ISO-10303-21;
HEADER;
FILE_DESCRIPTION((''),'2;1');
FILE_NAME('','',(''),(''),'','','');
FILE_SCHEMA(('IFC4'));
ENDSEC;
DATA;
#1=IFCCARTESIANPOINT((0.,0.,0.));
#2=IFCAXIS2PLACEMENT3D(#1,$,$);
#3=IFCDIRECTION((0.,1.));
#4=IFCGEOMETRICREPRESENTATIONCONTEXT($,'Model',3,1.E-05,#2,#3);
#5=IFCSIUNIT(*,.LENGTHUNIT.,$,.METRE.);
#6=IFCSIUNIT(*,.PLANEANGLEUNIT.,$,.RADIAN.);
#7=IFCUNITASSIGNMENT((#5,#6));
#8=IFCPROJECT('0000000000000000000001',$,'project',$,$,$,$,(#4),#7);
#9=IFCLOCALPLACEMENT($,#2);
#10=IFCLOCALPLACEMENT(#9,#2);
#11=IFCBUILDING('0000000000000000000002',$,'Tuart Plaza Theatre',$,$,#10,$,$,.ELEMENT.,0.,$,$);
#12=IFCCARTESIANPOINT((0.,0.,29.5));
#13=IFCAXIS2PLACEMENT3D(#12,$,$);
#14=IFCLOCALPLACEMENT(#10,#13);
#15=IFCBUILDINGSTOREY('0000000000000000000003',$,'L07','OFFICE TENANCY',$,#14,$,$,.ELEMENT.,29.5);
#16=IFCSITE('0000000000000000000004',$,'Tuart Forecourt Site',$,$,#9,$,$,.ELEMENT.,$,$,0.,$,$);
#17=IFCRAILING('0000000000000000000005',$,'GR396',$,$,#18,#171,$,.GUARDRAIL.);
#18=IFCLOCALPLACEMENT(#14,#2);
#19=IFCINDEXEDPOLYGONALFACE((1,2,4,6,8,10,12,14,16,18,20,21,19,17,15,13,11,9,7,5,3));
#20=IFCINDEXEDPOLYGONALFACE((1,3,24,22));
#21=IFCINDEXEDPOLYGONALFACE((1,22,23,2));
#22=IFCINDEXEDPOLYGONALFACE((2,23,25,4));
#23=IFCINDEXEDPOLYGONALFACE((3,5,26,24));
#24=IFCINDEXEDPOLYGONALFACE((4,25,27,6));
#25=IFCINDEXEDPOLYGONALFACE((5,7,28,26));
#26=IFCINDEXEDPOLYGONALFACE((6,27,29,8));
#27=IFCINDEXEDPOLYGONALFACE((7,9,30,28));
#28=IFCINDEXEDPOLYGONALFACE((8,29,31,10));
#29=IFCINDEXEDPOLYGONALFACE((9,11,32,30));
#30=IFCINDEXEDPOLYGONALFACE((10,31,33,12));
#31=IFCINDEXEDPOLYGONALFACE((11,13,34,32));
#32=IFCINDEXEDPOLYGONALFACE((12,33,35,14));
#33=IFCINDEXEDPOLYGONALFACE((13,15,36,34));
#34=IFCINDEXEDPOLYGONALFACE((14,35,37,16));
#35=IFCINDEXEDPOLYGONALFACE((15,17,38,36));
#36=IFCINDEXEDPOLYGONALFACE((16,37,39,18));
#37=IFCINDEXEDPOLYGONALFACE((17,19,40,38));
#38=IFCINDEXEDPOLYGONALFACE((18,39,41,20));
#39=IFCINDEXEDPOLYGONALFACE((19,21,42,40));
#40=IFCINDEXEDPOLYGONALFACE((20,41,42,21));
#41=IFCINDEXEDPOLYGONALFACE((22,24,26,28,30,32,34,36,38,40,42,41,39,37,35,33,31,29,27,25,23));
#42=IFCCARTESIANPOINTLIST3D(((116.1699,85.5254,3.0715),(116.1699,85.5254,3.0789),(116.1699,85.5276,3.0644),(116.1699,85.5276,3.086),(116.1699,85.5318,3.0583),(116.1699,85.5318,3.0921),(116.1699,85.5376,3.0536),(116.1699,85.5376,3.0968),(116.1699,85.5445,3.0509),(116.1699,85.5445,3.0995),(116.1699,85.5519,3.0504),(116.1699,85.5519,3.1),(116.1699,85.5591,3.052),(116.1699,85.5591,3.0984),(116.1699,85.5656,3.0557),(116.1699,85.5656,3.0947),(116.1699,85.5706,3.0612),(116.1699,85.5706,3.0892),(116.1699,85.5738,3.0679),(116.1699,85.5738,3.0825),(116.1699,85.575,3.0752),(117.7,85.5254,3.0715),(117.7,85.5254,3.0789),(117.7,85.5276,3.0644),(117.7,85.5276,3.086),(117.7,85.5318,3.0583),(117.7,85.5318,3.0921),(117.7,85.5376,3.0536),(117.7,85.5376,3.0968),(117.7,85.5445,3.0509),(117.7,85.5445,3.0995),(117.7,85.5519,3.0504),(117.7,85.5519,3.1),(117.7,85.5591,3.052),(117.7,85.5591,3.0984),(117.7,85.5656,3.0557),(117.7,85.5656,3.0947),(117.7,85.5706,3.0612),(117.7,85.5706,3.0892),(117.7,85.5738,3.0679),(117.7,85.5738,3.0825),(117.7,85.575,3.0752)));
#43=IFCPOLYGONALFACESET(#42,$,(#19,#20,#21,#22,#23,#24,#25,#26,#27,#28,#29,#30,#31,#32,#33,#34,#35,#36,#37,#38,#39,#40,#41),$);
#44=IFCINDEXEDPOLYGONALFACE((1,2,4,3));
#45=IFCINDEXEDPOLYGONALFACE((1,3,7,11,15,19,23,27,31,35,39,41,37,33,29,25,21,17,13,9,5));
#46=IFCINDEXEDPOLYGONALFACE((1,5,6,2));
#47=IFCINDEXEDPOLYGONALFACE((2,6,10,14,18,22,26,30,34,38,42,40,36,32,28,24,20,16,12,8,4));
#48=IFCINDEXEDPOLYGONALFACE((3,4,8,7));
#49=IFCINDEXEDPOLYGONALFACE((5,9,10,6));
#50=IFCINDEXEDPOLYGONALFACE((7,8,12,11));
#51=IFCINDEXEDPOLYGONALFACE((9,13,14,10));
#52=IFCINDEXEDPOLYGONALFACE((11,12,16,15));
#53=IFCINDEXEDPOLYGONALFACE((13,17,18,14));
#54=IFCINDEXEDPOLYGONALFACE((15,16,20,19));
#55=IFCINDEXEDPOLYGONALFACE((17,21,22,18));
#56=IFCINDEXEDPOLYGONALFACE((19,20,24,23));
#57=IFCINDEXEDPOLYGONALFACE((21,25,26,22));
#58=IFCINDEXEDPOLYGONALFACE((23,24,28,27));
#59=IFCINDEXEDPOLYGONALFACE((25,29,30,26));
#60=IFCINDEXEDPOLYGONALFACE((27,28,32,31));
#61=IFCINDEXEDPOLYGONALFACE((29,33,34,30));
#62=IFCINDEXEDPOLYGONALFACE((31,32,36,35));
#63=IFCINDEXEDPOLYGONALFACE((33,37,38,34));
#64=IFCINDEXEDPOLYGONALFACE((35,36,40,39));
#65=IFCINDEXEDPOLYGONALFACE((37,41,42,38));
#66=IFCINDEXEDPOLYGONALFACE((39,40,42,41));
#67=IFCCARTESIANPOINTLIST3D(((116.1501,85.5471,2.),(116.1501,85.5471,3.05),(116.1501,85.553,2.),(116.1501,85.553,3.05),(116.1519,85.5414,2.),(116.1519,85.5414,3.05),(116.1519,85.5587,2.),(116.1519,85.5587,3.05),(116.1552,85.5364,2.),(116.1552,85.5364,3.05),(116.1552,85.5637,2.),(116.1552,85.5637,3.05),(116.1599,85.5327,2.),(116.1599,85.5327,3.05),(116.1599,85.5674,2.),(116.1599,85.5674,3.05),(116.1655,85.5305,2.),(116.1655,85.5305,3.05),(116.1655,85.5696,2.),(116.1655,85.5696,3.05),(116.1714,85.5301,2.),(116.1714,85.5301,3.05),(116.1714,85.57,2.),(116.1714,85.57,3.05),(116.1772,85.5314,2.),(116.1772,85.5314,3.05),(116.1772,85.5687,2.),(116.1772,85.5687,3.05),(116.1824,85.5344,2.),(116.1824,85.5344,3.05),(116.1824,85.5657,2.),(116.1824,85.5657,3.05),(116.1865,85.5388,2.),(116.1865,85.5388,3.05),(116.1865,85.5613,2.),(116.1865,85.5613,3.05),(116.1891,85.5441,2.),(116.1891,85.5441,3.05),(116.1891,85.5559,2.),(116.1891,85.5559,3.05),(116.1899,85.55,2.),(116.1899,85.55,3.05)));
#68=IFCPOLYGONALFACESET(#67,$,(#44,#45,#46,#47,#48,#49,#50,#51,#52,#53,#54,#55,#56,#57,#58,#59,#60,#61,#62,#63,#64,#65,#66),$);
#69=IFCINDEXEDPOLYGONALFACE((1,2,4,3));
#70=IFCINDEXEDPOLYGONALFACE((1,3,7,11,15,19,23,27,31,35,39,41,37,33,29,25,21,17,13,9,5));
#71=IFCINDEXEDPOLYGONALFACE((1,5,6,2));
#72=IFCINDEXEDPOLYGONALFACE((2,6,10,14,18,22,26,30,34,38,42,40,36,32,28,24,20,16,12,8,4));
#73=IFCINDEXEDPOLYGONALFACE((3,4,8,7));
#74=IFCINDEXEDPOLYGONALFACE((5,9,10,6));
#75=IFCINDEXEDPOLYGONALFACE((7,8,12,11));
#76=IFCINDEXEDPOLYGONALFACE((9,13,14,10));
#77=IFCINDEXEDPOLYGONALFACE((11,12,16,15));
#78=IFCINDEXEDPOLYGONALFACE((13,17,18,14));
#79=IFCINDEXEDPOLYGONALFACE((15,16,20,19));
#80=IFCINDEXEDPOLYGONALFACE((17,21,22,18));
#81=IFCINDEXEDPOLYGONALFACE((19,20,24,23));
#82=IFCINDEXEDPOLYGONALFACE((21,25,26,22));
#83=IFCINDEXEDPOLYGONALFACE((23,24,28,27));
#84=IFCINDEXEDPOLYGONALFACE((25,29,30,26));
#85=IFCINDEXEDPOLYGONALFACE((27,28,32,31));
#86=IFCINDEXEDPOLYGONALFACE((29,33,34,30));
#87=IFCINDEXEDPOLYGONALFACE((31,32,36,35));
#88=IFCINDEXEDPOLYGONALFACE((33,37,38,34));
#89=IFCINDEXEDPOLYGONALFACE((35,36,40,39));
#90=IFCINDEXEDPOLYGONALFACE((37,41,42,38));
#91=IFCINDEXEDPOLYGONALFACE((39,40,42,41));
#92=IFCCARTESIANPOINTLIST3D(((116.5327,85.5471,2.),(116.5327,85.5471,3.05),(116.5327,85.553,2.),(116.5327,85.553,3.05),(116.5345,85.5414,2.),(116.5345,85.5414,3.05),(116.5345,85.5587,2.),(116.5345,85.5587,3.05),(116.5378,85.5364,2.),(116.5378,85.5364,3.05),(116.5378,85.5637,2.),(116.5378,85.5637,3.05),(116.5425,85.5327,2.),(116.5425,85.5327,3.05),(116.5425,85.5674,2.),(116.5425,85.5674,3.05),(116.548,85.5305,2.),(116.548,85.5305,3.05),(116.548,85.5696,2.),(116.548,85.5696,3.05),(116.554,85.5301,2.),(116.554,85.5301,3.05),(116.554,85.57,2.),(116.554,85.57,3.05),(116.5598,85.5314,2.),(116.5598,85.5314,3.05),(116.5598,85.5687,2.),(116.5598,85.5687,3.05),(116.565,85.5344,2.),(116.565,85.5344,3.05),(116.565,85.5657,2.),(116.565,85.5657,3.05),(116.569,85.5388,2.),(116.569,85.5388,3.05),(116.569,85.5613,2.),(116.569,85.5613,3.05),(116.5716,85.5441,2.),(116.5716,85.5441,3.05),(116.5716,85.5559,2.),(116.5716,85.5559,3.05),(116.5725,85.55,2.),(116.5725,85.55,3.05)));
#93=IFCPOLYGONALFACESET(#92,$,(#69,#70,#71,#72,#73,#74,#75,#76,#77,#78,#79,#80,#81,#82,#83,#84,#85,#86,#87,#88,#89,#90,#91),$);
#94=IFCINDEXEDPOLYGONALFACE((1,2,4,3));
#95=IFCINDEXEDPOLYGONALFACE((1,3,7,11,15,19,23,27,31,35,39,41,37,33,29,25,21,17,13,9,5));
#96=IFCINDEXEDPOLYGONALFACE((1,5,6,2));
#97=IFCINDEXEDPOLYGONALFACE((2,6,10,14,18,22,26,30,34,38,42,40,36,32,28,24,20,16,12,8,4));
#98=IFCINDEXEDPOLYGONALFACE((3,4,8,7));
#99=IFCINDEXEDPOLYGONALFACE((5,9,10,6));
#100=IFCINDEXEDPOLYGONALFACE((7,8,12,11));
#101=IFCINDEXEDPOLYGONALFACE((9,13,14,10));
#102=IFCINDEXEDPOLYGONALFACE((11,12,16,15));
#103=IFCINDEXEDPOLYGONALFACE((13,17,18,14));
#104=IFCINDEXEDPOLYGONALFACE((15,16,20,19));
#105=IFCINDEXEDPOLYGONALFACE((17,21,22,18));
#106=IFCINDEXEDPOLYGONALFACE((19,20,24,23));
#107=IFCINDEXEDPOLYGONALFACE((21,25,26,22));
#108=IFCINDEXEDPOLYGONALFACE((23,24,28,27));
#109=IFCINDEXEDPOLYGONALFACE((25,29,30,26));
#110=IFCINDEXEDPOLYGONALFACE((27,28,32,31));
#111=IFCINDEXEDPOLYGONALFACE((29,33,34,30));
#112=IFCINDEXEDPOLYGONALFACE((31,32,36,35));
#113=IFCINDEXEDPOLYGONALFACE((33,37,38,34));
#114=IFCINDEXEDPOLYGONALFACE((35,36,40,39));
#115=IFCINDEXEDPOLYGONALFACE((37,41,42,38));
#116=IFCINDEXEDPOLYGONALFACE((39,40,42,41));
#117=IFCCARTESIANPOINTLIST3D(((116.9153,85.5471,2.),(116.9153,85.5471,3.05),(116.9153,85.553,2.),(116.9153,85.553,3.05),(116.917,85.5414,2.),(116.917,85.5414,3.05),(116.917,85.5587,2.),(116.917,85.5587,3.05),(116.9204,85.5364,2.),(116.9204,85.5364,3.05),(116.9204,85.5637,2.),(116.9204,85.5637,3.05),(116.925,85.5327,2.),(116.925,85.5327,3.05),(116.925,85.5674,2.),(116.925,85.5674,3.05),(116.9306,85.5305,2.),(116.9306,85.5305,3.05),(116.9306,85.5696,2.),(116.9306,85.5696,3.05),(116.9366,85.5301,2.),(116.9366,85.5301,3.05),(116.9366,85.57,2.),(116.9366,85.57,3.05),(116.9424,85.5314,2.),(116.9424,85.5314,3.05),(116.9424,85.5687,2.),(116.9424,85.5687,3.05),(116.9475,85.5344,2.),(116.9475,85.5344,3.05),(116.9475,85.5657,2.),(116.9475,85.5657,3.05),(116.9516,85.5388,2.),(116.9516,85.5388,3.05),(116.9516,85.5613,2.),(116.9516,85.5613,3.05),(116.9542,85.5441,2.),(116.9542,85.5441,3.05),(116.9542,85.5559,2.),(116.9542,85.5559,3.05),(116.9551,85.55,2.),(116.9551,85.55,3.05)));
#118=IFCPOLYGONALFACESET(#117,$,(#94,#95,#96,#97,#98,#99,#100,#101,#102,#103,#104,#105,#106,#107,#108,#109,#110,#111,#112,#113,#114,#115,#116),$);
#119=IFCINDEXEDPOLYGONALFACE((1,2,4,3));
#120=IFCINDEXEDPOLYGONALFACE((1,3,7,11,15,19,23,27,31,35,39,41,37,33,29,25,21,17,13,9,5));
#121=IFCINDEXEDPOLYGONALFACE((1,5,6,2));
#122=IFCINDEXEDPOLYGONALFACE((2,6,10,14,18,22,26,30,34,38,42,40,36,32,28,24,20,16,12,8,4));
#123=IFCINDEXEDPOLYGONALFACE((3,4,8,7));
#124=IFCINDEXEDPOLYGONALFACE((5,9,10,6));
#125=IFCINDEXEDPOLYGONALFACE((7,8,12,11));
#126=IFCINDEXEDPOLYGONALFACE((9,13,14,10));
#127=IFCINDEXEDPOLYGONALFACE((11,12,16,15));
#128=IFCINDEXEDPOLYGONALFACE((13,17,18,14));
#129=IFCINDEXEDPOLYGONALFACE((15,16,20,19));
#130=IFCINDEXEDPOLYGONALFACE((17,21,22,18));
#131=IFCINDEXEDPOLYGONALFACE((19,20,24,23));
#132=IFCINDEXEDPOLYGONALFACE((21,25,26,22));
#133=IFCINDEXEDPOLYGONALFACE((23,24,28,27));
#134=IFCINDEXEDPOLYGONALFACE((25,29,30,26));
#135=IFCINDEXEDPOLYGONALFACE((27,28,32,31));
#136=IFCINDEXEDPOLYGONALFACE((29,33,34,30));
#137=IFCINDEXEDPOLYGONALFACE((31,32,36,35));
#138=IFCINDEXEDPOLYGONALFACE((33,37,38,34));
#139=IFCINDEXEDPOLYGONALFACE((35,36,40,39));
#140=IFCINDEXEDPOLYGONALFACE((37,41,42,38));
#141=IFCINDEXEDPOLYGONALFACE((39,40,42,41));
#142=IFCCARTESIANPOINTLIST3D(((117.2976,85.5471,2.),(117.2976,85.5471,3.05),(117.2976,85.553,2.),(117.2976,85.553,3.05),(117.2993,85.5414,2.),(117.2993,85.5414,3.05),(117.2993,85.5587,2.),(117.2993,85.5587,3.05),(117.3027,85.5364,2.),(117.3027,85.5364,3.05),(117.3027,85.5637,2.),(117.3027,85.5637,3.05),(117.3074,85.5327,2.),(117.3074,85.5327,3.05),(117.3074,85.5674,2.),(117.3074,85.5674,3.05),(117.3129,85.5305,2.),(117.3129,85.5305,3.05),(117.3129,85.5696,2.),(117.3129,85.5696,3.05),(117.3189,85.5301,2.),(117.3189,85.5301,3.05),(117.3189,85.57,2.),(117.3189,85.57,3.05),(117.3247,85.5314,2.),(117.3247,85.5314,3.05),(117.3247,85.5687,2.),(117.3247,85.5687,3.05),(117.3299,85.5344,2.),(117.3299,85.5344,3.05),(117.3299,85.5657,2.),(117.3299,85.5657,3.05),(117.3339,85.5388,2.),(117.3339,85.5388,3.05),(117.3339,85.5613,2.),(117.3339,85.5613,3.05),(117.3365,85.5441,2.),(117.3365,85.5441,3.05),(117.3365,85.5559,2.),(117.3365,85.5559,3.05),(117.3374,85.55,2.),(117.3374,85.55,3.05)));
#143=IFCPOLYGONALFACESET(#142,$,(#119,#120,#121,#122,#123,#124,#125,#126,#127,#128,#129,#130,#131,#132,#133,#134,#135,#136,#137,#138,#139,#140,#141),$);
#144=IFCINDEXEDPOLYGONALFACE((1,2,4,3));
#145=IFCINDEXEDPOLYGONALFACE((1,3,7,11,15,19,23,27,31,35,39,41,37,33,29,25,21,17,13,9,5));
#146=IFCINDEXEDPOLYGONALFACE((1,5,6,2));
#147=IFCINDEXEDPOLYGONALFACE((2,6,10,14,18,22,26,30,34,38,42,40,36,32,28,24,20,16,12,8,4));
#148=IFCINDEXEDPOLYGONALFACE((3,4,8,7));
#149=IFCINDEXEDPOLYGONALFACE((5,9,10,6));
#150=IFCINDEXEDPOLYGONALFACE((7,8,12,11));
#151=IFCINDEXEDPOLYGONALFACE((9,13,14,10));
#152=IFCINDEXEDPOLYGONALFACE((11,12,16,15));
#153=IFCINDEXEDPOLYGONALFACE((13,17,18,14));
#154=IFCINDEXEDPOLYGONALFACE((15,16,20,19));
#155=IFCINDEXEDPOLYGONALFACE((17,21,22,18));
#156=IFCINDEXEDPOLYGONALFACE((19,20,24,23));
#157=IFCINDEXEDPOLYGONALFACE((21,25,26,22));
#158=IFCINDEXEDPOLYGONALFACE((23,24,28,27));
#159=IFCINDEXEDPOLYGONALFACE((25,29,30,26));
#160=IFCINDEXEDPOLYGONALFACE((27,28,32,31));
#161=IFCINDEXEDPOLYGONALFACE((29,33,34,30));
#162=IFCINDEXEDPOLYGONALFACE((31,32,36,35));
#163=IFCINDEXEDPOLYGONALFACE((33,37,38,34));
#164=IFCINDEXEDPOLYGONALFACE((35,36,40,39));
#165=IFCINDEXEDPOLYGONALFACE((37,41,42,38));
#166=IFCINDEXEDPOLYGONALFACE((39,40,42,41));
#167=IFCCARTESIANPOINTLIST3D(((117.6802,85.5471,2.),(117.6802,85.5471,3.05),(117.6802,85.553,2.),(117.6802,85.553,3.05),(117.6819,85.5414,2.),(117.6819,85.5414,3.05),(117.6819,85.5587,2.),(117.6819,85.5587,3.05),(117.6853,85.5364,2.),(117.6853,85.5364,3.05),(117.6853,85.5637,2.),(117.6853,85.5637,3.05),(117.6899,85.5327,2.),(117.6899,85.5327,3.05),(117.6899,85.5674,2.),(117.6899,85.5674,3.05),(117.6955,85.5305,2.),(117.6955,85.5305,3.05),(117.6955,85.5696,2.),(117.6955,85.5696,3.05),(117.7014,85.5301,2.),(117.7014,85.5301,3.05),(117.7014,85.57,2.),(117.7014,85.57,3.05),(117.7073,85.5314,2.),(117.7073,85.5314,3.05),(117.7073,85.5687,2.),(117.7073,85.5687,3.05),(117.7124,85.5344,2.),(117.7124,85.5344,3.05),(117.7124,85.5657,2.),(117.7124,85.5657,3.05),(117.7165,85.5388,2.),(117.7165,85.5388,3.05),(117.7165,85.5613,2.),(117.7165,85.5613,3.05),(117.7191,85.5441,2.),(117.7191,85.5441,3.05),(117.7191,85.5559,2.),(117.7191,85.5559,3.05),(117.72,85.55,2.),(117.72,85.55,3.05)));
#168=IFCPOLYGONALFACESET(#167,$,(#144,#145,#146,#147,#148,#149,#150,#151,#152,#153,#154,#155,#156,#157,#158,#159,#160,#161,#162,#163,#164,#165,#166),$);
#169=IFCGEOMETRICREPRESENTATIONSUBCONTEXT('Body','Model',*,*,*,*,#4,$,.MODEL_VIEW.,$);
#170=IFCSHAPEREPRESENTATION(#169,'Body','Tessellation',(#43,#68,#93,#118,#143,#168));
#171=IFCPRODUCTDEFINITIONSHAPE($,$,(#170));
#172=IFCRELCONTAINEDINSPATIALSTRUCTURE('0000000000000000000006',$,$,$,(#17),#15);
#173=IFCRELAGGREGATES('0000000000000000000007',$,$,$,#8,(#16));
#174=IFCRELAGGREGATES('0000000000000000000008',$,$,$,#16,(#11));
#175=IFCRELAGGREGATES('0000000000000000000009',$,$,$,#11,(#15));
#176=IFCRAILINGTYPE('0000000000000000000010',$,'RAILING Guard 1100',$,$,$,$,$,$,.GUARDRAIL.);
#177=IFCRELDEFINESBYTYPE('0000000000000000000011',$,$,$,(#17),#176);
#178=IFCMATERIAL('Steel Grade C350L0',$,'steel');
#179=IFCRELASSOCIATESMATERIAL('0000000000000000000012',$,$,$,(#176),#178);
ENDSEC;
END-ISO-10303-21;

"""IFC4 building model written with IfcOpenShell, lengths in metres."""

from ifc_helpers import new_model, si_unit, direction, frame, origin, origin_2d, place, context, subcontext, project, spatial, circle, extrude, material, type_object, element, save


model = new_model("IFC4")

# Units and contexts
model_context = context("Model", 3, precision=1e-05, world=origin(), true_north=direction((0.0, 1.0)))
body_context = subcontext(model_context, "Body", "Model", "MODEL_VIEW")
ifc_project = project(units=[si_unit("LENGTHUNIT", "METRE"), si_unit("PLANEANGLEUNIT", "RADIAN")], contexts=[model_context])

# Site, building, storey
site_placement = place(None, origin())
site = spatial("IfcSite", under=ifc_project, at=site_placement, Name="Tuart Forecourt Site", CompositionType="ELEMENT", RefElevation=0.0)
building_placement = place(site_placement, origin())
building = spatial("IfcBuilding", under=site, at=building_placement, Name="Tuart Plaza Theatre", CompositionType="ELEMENT", ElevationOfRefHeight=0.0)
storey_placement = place(building_placement, frame((0.0, 0.0, 29.5)))
storey = spatial("IfcBuildingStorey", under=building, at=storey_placement, Name="L07", Description="OFFICE TENANCY", CompositionType="ELEMENT", Elevation=29.5)

# Railing
ifc_material_1 = material(Name="Steel Grade C350L0", Category="steel")
railing_type_1 = type_object("IfcRailingType", Name="RAILING Guard 1100", PredefinedType="GUARDRAIL", material=ifc_material_1)
railing_1_placement = place(storey_placement, frame((116.1699, 85.55, 2.0)))
element("IfcRailing", 1, at=railing_1_placement, inside=storey, type_object=railing_type_1, Name="GR396", PredefinedType="GUARDRAIL", context=body_context, shape_type="SweptSolid", body=[
    extrude(circle(Radius=0.0249, at=origin_2d()), frame((0.0, 0.0, 1.0752), z_axis=(1.0, 0.0, 0.0), x_axis=(0.0, 1.0, 0.0)), (0.0, 0.0, 1.0), 1.53),
    extrude(circle(Radius=0.02, at=origin_2d()), origin(), (0.0, 0.0, 1.0), 1.05),
    extrude(circle(Radius=0.02, at=origin_2d()), frame((0.3826, 0.0, 0.0)), (0.0, 0.0, 1.0), 1.05),
    extrude(circle(Radius=0.02, at=origin_2d()), frame((0.7651, 0.0, 0.0)), (0.0, 0.0, 1.0), 1.05),
    extrude(circle(Radius=0.02, at=origin_2d()), frame((1.1475, 0.0, 0.0)), (0.0, 0.0, 1.0), 1.05),
    extrude(circle(Radius=0.02, at=origin_2d()), frame((1.53, 0.0, 0.0)), (0.0, 0.0, 1.0), 1.05),
])

save(model, "model.ifc")
